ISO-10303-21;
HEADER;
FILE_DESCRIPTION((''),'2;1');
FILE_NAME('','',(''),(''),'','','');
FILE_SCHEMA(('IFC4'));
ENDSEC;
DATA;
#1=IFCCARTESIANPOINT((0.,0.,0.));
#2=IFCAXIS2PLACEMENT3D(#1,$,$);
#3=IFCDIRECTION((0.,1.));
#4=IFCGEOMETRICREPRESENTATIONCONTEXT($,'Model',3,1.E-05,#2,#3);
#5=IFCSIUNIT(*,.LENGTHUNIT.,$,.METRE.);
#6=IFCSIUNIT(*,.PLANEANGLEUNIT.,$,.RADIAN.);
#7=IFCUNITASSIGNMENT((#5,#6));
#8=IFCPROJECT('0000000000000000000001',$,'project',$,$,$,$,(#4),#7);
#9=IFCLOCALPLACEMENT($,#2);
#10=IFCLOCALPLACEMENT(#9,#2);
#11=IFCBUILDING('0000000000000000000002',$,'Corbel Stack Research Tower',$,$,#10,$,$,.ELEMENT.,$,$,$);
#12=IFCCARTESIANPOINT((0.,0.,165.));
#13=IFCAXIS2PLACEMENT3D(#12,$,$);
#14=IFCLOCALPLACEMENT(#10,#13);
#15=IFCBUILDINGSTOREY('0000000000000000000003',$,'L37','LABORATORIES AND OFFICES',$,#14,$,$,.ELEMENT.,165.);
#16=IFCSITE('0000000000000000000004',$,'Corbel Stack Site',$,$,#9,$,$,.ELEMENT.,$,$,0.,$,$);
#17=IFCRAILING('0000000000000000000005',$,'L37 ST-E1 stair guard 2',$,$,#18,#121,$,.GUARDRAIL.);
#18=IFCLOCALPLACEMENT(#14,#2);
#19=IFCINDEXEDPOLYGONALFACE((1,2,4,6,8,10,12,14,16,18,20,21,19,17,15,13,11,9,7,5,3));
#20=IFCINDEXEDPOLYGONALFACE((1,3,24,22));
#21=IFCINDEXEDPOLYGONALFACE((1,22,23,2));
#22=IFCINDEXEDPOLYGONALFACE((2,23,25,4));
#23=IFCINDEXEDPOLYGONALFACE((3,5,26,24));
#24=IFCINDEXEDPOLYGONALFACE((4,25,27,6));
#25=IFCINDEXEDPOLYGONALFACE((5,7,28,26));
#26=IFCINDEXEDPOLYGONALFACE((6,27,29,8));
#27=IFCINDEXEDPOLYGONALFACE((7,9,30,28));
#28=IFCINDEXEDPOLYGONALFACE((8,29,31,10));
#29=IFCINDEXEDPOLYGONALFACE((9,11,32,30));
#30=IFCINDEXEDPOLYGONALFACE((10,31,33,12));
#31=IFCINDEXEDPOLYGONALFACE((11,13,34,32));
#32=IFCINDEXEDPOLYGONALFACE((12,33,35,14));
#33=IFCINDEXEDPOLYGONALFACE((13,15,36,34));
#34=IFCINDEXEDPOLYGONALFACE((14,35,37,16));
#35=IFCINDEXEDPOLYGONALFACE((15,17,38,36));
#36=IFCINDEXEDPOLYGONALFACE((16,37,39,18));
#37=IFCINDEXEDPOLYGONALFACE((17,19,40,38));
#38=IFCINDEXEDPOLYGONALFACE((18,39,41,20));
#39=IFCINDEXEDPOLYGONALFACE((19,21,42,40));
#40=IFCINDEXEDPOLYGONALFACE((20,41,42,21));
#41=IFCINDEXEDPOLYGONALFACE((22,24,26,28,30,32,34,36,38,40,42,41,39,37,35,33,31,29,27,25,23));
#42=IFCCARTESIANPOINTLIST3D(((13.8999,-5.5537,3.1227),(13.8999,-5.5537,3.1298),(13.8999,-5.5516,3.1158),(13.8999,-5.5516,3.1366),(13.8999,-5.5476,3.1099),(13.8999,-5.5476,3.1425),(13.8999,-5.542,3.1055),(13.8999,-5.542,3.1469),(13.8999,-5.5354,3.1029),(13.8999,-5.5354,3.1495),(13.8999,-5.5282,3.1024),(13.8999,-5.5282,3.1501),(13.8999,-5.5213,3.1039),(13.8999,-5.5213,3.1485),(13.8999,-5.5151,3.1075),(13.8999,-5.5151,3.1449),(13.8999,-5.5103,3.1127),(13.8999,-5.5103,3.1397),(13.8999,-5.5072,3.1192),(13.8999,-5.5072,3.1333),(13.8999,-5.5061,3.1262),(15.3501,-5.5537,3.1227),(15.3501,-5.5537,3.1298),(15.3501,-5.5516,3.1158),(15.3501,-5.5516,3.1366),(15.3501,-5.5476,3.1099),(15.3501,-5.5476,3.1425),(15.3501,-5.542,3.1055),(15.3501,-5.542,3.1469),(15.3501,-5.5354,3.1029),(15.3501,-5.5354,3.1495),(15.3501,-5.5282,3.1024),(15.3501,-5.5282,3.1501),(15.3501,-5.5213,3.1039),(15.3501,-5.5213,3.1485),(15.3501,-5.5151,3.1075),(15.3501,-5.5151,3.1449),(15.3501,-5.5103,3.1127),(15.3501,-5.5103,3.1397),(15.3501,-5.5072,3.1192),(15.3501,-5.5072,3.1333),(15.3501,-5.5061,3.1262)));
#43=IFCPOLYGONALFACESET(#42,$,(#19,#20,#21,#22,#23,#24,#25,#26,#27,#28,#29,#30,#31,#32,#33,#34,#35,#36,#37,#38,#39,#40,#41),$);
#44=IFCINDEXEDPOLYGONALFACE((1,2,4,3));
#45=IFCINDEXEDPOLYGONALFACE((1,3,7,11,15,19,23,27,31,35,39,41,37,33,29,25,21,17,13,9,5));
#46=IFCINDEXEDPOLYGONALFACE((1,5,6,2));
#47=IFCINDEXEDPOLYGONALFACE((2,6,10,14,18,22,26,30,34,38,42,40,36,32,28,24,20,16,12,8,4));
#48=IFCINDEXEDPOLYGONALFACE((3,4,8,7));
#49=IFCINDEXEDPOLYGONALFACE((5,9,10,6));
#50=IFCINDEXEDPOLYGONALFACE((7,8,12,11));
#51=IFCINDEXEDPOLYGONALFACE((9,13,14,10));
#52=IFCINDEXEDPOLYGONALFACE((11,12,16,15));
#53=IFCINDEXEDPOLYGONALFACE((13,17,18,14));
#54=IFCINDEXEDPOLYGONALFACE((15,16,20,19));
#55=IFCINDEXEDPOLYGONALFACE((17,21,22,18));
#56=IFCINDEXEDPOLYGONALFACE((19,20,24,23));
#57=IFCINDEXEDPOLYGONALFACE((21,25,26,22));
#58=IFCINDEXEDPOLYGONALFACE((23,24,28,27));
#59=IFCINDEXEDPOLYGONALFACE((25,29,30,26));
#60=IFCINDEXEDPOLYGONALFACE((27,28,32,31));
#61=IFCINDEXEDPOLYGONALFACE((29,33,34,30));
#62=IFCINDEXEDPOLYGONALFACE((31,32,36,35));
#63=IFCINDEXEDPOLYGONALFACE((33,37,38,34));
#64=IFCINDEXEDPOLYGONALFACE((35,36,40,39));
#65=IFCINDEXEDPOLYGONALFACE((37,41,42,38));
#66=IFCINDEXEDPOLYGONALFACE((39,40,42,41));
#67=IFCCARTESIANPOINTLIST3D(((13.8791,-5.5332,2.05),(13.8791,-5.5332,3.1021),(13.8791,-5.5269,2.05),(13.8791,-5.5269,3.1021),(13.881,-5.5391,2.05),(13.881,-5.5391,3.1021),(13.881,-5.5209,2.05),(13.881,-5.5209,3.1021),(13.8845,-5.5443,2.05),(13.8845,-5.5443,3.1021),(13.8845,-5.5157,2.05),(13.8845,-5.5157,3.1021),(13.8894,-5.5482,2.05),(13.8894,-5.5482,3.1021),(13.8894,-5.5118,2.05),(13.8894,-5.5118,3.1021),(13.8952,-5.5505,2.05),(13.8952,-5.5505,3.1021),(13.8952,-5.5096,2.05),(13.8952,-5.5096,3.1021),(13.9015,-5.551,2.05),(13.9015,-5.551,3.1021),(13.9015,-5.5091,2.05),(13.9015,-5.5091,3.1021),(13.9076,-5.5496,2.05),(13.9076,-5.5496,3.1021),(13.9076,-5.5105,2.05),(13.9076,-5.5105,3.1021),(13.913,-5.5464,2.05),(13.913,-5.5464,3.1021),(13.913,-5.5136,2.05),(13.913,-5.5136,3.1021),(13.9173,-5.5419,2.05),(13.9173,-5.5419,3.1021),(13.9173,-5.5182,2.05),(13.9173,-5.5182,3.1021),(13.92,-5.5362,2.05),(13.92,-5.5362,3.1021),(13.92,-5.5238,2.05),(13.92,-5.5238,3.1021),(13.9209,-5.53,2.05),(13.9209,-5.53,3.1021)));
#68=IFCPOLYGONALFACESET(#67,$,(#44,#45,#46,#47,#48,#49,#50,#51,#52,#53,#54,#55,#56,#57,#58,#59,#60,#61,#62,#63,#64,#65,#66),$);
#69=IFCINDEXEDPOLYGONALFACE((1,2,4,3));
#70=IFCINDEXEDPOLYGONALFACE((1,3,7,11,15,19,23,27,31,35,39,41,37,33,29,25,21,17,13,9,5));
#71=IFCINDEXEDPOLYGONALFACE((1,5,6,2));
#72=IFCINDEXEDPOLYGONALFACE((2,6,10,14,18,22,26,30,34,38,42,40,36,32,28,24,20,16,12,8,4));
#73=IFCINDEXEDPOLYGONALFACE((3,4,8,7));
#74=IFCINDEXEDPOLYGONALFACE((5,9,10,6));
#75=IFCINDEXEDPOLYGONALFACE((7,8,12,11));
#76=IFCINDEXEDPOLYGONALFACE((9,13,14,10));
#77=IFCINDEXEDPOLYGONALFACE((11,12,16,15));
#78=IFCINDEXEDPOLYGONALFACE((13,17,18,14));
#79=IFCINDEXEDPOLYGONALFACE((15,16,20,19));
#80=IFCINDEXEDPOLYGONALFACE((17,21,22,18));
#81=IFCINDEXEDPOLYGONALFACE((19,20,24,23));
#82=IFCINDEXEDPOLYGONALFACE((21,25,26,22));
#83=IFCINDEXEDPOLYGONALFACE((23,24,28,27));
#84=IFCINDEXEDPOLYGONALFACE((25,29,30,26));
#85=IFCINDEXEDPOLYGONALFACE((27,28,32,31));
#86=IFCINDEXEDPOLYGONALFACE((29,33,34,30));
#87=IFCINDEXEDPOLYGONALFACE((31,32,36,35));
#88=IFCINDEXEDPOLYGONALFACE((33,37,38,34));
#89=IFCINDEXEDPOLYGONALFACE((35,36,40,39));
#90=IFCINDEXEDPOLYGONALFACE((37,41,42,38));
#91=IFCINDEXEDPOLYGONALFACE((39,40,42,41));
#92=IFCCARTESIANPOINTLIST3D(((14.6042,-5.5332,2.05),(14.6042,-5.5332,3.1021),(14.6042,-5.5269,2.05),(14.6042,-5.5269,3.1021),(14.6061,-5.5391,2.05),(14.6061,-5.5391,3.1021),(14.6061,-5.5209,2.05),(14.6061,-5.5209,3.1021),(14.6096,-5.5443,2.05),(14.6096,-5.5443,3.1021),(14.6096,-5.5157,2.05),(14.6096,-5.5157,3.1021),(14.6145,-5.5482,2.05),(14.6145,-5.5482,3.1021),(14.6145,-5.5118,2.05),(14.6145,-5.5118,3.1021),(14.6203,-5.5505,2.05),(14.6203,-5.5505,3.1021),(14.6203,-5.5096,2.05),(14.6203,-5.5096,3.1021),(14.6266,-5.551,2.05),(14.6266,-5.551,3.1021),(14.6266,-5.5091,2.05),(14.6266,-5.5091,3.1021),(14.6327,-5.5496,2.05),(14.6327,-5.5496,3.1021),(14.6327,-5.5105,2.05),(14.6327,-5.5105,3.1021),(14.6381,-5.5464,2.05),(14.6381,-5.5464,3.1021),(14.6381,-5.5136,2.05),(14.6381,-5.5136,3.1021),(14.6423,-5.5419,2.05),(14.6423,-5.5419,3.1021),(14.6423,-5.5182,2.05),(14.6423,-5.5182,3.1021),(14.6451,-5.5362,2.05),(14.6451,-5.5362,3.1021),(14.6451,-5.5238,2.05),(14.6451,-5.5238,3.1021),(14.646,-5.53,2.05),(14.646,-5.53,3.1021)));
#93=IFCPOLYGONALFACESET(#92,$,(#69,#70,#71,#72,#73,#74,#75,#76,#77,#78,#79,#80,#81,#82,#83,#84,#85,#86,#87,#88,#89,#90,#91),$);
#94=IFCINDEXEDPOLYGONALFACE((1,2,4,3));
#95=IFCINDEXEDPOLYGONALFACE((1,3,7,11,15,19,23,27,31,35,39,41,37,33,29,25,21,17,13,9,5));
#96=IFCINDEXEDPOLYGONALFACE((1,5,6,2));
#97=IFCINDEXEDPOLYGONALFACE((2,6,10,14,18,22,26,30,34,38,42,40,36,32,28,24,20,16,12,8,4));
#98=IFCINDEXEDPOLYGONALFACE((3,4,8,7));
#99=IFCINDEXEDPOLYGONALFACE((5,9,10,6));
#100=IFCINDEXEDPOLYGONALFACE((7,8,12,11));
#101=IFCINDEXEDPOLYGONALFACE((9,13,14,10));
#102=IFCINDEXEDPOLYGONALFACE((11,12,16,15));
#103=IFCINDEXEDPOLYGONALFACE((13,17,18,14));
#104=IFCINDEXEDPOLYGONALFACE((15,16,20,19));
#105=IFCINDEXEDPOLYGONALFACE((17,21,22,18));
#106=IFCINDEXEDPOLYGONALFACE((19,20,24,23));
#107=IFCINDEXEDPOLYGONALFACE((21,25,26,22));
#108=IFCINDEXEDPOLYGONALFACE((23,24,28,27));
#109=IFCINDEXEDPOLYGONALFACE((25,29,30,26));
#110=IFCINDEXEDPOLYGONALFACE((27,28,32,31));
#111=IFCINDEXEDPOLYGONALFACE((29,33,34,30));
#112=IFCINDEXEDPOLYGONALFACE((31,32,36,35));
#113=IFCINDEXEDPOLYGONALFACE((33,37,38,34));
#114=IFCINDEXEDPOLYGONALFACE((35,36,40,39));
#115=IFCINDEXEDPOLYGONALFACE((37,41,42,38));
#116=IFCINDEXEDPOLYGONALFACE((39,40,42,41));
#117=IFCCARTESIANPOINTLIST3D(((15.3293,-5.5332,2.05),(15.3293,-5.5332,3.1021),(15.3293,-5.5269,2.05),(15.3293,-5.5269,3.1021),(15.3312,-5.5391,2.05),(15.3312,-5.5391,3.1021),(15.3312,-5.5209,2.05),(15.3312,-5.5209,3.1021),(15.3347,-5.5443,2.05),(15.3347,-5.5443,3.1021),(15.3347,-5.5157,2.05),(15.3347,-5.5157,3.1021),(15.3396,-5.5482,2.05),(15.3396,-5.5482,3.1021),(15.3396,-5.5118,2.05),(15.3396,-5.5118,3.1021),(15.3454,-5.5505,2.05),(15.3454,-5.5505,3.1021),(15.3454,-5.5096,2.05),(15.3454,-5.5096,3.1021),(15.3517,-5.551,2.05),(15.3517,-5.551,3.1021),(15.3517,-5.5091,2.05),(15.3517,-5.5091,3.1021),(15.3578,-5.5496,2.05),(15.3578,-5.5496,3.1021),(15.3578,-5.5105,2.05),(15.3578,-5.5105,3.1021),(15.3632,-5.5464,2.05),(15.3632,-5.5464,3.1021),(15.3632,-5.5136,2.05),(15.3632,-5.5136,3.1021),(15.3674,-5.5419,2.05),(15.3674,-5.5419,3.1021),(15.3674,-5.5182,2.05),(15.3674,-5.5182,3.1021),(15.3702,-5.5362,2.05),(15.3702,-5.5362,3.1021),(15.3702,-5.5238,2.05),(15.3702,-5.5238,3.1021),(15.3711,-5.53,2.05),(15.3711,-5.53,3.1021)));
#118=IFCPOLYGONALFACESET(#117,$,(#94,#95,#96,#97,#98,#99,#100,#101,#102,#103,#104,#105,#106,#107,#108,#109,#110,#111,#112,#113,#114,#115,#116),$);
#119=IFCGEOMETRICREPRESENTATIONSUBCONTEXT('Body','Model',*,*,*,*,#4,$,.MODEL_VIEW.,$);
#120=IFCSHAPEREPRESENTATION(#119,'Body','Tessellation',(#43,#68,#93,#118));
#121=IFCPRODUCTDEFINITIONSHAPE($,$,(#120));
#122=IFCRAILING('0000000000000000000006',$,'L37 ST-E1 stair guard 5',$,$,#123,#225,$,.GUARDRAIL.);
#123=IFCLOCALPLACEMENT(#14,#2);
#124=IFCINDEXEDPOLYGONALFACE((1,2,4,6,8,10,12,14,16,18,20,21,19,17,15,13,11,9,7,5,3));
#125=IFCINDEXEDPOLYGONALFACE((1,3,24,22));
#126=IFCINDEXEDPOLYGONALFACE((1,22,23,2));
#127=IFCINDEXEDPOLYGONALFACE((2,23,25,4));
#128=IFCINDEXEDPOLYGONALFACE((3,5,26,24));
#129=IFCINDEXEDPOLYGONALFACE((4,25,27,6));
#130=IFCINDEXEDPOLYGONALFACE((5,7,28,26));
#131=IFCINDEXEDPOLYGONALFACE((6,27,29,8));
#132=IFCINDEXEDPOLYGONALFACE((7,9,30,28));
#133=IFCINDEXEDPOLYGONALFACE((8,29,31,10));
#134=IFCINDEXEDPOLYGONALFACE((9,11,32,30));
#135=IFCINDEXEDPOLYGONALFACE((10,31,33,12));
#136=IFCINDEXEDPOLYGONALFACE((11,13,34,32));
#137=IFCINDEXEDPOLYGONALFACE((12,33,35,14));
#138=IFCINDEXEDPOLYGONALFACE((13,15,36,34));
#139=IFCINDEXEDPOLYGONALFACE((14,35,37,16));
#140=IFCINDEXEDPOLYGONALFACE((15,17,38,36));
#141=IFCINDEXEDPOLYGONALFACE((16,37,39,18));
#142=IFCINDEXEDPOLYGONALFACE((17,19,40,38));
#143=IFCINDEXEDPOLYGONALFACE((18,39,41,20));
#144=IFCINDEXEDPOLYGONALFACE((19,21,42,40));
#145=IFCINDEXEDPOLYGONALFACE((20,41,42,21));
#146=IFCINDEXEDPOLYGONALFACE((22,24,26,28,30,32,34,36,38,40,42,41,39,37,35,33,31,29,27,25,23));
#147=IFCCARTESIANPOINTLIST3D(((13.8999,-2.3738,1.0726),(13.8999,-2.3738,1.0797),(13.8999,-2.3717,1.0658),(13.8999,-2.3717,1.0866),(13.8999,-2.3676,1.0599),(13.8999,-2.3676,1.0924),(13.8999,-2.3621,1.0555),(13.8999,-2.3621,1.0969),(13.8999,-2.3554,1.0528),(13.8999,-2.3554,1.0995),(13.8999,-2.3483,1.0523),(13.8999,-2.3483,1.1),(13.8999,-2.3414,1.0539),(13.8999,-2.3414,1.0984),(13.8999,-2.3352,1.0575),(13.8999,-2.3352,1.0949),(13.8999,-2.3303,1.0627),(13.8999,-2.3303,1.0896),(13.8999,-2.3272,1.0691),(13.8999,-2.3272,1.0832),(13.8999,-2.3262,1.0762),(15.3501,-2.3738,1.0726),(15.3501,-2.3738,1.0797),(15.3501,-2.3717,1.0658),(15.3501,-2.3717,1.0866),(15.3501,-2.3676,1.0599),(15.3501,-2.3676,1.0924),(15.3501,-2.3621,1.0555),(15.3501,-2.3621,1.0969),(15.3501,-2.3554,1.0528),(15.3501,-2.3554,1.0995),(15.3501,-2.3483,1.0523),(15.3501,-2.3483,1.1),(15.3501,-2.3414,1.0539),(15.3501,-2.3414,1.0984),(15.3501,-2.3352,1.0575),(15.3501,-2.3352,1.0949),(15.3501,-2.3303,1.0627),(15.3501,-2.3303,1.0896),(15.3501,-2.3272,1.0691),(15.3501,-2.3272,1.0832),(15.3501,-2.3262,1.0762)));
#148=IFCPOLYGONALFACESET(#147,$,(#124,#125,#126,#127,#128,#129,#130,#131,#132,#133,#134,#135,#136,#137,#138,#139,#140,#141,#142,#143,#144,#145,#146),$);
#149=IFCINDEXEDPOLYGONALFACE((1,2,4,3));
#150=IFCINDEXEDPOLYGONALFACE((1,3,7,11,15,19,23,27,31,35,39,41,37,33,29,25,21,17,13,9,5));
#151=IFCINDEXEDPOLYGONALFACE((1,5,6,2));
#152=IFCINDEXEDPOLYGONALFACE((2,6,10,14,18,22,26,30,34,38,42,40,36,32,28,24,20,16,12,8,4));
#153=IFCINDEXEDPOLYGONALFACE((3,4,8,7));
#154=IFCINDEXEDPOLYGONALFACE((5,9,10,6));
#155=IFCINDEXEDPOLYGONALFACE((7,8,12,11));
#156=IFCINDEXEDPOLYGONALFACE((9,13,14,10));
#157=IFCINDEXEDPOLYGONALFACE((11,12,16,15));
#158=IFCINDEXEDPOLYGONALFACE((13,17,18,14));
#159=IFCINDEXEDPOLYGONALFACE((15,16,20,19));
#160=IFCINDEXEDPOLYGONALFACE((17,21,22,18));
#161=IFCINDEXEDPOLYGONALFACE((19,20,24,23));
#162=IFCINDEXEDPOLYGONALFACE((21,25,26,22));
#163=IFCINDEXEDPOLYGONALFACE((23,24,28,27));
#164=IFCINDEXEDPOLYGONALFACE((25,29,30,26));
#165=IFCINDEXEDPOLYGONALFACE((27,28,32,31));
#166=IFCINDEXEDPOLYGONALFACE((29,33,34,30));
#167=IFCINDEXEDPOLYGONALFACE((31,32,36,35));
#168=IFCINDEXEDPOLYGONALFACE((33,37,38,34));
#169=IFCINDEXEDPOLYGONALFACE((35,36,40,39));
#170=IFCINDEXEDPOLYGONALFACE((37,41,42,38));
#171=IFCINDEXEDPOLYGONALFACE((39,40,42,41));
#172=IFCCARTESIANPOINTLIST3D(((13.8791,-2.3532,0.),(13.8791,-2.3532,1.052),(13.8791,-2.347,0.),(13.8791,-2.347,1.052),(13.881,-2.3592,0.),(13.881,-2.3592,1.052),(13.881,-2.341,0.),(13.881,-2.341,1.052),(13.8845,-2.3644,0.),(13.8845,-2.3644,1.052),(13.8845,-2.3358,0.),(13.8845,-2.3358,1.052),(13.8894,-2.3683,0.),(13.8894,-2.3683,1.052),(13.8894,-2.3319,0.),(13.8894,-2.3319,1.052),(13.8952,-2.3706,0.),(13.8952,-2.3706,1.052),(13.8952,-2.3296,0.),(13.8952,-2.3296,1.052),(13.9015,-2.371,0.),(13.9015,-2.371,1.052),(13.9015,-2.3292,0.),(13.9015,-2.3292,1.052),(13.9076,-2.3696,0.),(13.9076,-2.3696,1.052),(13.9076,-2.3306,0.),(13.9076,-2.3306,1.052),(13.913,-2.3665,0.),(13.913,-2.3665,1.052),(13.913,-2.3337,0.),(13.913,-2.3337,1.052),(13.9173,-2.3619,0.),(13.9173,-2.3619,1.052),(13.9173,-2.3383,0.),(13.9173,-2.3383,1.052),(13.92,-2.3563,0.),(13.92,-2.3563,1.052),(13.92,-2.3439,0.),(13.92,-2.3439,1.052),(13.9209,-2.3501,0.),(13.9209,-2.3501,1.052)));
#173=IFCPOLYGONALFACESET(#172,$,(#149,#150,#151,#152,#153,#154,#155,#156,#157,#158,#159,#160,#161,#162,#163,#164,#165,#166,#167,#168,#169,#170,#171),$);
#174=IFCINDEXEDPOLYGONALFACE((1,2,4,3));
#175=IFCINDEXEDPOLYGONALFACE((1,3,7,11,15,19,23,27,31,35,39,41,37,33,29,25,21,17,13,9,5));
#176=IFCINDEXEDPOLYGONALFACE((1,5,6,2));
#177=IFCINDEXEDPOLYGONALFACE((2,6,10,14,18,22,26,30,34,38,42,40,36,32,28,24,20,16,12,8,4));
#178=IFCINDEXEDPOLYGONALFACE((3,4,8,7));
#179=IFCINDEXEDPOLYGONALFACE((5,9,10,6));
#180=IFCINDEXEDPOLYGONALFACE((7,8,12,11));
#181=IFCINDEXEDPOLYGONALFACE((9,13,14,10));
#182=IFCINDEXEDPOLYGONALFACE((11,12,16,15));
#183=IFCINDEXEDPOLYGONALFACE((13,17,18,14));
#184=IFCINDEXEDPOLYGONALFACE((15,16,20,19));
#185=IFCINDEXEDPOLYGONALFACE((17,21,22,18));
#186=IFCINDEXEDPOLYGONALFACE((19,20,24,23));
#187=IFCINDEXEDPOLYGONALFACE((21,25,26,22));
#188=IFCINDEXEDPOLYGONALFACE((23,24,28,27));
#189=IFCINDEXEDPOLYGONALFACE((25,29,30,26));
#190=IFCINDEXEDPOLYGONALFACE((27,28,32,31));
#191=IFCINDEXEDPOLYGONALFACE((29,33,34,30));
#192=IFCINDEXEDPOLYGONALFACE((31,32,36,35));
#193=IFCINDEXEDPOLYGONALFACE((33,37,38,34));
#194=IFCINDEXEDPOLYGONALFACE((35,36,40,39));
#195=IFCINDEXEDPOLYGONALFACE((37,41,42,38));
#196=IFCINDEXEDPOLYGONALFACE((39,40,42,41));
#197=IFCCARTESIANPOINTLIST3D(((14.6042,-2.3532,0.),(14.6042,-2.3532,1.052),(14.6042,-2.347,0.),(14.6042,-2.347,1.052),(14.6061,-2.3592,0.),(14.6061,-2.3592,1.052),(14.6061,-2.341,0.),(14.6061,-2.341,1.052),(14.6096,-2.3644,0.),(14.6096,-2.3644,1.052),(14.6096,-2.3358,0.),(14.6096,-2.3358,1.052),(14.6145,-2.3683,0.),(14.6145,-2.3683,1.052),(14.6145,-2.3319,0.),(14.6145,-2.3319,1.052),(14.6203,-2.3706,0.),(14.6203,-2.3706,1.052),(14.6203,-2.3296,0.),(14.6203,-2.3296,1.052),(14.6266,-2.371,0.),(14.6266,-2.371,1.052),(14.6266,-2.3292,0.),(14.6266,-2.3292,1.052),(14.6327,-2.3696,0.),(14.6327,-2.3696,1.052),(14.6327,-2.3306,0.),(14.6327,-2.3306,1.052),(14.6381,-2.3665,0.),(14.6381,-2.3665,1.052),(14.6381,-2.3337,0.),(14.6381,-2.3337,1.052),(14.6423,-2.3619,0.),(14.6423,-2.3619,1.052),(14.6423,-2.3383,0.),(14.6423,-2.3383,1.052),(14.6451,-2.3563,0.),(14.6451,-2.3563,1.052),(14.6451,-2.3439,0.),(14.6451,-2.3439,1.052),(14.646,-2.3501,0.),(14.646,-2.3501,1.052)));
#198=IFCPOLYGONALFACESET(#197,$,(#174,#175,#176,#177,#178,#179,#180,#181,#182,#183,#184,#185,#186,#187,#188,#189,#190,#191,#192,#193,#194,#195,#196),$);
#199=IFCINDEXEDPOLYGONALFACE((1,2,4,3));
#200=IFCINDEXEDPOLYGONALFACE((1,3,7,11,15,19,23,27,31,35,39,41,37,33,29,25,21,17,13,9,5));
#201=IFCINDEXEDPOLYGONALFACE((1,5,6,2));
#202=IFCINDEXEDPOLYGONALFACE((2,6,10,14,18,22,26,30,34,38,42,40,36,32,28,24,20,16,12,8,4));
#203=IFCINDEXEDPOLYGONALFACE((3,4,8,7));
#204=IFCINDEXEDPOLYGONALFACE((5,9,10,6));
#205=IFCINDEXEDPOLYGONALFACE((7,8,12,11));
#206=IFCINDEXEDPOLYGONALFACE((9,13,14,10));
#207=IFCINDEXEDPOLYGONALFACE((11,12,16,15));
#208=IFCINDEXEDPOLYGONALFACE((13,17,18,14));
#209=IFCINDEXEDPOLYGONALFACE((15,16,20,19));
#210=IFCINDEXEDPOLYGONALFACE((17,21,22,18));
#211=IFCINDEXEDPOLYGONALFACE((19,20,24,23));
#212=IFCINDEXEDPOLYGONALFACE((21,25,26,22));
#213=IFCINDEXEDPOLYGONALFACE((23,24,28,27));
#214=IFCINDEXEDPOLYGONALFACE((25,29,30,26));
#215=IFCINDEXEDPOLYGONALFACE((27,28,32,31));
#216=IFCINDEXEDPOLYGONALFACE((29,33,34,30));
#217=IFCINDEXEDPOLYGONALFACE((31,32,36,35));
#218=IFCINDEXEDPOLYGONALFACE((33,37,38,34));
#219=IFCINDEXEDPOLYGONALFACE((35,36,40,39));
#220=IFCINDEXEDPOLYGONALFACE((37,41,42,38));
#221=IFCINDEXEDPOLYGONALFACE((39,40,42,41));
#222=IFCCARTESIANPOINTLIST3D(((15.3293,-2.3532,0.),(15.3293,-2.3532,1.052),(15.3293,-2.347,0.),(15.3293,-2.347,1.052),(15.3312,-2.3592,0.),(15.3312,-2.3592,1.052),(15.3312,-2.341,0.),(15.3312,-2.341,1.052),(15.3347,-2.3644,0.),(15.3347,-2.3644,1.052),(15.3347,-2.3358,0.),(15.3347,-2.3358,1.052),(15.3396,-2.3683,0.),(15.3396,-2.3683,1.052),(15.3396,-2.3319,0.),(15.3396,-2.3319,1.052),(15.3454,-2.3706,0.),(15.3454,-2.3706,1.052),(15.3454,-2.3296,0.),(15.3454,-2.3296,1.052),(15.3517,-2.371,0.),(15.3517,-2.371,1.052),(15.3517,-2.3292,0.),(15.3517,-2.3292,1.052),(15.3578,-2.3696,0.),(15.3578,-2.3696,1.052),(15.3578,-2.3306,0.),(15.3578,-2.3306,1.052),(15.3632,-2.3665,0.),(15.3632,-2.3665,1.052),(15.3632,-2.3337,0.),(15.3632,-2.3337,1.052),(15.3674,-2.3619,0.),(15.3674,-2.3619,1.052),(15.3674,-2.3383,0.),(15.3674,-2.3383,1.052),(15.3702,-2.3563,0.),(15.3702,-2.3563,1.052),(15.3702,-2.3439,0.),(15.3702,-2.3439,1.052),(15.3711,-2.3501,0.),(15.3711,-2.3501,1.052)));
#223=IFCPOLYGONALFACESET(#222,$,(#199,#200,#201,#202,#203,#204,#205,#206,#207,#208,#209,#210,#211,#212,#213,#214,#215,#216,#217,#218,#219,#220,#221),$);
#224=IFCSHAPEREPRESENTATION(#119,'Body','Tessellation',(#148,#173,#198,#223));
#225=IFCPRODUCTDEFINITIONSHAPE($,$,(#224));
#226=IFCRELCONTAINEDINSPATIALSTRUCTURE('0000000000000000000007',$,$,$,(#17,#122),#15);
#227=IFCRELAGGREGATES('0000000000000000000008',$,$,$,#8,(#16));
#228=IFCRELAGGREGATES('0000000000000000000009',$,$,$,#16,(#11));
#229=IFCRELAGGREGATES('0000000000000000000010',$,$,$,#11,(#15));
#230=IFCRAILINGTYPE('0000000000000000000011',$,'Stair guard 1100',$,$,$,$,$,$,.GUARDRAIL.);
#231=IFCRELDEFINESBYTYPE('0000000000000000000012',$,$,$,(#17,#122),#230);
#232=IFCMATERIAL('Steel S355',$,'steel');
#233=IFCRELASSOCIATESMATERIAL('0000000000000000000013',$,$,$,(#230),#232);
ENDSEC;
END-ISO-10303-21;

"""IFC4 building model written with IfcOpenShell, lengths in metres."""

from ifc_helpers import new_model, si_unit, direction, frame, origin, origin_2d, place, context, subcontext, project, spatial, circle, extrude, material, type_object, element, save


model = new_model("IFC4")

# Units and contexts
model_context = context("Model", 3, precision=1e-05, world=origin(), true_north=direction((0.0, 1.0)))
body_context = subcontext(model_context, "Body", "Model", "MODEL_VIEW")
ifc_project = project(units=[si_unit("LENGTHUNIT", "METRE"), si_unit("PLANEANGLEUNIT", "RADIAN")], contexts=[model_context])

# Site, building, storey
site_placement = place(None, origin())
site = spatial("IfcSite", under=ifc_project, at=site_placement, Name="Corbel Stack Site", CompositionType="ELEMENT", RefElevation=0.0)
building_placement = place(site_placement, origin())
building = spatial("IfcBuilding", under=site, at=building_placement, Name="Corbel Stack Research Tower", CompositionType="ELEMENT")
storey_placement = place(building_placement, frame((0.0, 0.0, 165.0)))
storey = spatial("IfcBuildingStorey", under=building, at=storey_placement, Name="L37", Description="LABORATORIES AND OFFICES", CompositionType="ELEMENT", Elevation=165.0)

# Railings
ifc_material_1 = material(Name="Steel S355", Category="steel")
railing_type_1 = type_object("IfcRailingType", Name="Stair guard 1100", PredefinedType="GUARDRAIL", material=ifc_material_1)
for number, where, name in (
    (1, (13.8999, -5.53, 2.05), "L37 ST-E1 stair guard 2"),
    (2, (13.8999, -2.3501, 0.0), "L37 ST-E1 stair guard 5"),
):
    element("IfcRailing", number, at=place(storey_placement, frame(where)), inside=storey, type_object=railing_type_1, Name=name, PredefinedType="GUARDRAIL", context=body_context, shape_type="SweptSolid", body=[
        extrude(circle(Radius=0.0239, at=origin_2d()), frame((0.0, 0.0, 1.0762), z_axis=(1.0, 0.0, 0.0), x_axis=(0.0, 1.0, 0.0)), (0.0, 0.0, 1.0), 1.4502),
        extrude(circle(Radius=0.021, at=origin_2d()), origin(), (0.0, 0.0, 1.0), 1.052),
        extrude(circle(Radius=0.021, at=origin_2d()), frame((0.7251, 0.0, 0.0)), (0.0, 0.0, 1.0), 1.052),
        extrude(circle(Radius=0.021, at=origin_2d()), frame((1.4502, 0.0, 0.0)), (0.0, 0.0, 1.0), 1.052),
    ])

save(model, "model.ifc")
